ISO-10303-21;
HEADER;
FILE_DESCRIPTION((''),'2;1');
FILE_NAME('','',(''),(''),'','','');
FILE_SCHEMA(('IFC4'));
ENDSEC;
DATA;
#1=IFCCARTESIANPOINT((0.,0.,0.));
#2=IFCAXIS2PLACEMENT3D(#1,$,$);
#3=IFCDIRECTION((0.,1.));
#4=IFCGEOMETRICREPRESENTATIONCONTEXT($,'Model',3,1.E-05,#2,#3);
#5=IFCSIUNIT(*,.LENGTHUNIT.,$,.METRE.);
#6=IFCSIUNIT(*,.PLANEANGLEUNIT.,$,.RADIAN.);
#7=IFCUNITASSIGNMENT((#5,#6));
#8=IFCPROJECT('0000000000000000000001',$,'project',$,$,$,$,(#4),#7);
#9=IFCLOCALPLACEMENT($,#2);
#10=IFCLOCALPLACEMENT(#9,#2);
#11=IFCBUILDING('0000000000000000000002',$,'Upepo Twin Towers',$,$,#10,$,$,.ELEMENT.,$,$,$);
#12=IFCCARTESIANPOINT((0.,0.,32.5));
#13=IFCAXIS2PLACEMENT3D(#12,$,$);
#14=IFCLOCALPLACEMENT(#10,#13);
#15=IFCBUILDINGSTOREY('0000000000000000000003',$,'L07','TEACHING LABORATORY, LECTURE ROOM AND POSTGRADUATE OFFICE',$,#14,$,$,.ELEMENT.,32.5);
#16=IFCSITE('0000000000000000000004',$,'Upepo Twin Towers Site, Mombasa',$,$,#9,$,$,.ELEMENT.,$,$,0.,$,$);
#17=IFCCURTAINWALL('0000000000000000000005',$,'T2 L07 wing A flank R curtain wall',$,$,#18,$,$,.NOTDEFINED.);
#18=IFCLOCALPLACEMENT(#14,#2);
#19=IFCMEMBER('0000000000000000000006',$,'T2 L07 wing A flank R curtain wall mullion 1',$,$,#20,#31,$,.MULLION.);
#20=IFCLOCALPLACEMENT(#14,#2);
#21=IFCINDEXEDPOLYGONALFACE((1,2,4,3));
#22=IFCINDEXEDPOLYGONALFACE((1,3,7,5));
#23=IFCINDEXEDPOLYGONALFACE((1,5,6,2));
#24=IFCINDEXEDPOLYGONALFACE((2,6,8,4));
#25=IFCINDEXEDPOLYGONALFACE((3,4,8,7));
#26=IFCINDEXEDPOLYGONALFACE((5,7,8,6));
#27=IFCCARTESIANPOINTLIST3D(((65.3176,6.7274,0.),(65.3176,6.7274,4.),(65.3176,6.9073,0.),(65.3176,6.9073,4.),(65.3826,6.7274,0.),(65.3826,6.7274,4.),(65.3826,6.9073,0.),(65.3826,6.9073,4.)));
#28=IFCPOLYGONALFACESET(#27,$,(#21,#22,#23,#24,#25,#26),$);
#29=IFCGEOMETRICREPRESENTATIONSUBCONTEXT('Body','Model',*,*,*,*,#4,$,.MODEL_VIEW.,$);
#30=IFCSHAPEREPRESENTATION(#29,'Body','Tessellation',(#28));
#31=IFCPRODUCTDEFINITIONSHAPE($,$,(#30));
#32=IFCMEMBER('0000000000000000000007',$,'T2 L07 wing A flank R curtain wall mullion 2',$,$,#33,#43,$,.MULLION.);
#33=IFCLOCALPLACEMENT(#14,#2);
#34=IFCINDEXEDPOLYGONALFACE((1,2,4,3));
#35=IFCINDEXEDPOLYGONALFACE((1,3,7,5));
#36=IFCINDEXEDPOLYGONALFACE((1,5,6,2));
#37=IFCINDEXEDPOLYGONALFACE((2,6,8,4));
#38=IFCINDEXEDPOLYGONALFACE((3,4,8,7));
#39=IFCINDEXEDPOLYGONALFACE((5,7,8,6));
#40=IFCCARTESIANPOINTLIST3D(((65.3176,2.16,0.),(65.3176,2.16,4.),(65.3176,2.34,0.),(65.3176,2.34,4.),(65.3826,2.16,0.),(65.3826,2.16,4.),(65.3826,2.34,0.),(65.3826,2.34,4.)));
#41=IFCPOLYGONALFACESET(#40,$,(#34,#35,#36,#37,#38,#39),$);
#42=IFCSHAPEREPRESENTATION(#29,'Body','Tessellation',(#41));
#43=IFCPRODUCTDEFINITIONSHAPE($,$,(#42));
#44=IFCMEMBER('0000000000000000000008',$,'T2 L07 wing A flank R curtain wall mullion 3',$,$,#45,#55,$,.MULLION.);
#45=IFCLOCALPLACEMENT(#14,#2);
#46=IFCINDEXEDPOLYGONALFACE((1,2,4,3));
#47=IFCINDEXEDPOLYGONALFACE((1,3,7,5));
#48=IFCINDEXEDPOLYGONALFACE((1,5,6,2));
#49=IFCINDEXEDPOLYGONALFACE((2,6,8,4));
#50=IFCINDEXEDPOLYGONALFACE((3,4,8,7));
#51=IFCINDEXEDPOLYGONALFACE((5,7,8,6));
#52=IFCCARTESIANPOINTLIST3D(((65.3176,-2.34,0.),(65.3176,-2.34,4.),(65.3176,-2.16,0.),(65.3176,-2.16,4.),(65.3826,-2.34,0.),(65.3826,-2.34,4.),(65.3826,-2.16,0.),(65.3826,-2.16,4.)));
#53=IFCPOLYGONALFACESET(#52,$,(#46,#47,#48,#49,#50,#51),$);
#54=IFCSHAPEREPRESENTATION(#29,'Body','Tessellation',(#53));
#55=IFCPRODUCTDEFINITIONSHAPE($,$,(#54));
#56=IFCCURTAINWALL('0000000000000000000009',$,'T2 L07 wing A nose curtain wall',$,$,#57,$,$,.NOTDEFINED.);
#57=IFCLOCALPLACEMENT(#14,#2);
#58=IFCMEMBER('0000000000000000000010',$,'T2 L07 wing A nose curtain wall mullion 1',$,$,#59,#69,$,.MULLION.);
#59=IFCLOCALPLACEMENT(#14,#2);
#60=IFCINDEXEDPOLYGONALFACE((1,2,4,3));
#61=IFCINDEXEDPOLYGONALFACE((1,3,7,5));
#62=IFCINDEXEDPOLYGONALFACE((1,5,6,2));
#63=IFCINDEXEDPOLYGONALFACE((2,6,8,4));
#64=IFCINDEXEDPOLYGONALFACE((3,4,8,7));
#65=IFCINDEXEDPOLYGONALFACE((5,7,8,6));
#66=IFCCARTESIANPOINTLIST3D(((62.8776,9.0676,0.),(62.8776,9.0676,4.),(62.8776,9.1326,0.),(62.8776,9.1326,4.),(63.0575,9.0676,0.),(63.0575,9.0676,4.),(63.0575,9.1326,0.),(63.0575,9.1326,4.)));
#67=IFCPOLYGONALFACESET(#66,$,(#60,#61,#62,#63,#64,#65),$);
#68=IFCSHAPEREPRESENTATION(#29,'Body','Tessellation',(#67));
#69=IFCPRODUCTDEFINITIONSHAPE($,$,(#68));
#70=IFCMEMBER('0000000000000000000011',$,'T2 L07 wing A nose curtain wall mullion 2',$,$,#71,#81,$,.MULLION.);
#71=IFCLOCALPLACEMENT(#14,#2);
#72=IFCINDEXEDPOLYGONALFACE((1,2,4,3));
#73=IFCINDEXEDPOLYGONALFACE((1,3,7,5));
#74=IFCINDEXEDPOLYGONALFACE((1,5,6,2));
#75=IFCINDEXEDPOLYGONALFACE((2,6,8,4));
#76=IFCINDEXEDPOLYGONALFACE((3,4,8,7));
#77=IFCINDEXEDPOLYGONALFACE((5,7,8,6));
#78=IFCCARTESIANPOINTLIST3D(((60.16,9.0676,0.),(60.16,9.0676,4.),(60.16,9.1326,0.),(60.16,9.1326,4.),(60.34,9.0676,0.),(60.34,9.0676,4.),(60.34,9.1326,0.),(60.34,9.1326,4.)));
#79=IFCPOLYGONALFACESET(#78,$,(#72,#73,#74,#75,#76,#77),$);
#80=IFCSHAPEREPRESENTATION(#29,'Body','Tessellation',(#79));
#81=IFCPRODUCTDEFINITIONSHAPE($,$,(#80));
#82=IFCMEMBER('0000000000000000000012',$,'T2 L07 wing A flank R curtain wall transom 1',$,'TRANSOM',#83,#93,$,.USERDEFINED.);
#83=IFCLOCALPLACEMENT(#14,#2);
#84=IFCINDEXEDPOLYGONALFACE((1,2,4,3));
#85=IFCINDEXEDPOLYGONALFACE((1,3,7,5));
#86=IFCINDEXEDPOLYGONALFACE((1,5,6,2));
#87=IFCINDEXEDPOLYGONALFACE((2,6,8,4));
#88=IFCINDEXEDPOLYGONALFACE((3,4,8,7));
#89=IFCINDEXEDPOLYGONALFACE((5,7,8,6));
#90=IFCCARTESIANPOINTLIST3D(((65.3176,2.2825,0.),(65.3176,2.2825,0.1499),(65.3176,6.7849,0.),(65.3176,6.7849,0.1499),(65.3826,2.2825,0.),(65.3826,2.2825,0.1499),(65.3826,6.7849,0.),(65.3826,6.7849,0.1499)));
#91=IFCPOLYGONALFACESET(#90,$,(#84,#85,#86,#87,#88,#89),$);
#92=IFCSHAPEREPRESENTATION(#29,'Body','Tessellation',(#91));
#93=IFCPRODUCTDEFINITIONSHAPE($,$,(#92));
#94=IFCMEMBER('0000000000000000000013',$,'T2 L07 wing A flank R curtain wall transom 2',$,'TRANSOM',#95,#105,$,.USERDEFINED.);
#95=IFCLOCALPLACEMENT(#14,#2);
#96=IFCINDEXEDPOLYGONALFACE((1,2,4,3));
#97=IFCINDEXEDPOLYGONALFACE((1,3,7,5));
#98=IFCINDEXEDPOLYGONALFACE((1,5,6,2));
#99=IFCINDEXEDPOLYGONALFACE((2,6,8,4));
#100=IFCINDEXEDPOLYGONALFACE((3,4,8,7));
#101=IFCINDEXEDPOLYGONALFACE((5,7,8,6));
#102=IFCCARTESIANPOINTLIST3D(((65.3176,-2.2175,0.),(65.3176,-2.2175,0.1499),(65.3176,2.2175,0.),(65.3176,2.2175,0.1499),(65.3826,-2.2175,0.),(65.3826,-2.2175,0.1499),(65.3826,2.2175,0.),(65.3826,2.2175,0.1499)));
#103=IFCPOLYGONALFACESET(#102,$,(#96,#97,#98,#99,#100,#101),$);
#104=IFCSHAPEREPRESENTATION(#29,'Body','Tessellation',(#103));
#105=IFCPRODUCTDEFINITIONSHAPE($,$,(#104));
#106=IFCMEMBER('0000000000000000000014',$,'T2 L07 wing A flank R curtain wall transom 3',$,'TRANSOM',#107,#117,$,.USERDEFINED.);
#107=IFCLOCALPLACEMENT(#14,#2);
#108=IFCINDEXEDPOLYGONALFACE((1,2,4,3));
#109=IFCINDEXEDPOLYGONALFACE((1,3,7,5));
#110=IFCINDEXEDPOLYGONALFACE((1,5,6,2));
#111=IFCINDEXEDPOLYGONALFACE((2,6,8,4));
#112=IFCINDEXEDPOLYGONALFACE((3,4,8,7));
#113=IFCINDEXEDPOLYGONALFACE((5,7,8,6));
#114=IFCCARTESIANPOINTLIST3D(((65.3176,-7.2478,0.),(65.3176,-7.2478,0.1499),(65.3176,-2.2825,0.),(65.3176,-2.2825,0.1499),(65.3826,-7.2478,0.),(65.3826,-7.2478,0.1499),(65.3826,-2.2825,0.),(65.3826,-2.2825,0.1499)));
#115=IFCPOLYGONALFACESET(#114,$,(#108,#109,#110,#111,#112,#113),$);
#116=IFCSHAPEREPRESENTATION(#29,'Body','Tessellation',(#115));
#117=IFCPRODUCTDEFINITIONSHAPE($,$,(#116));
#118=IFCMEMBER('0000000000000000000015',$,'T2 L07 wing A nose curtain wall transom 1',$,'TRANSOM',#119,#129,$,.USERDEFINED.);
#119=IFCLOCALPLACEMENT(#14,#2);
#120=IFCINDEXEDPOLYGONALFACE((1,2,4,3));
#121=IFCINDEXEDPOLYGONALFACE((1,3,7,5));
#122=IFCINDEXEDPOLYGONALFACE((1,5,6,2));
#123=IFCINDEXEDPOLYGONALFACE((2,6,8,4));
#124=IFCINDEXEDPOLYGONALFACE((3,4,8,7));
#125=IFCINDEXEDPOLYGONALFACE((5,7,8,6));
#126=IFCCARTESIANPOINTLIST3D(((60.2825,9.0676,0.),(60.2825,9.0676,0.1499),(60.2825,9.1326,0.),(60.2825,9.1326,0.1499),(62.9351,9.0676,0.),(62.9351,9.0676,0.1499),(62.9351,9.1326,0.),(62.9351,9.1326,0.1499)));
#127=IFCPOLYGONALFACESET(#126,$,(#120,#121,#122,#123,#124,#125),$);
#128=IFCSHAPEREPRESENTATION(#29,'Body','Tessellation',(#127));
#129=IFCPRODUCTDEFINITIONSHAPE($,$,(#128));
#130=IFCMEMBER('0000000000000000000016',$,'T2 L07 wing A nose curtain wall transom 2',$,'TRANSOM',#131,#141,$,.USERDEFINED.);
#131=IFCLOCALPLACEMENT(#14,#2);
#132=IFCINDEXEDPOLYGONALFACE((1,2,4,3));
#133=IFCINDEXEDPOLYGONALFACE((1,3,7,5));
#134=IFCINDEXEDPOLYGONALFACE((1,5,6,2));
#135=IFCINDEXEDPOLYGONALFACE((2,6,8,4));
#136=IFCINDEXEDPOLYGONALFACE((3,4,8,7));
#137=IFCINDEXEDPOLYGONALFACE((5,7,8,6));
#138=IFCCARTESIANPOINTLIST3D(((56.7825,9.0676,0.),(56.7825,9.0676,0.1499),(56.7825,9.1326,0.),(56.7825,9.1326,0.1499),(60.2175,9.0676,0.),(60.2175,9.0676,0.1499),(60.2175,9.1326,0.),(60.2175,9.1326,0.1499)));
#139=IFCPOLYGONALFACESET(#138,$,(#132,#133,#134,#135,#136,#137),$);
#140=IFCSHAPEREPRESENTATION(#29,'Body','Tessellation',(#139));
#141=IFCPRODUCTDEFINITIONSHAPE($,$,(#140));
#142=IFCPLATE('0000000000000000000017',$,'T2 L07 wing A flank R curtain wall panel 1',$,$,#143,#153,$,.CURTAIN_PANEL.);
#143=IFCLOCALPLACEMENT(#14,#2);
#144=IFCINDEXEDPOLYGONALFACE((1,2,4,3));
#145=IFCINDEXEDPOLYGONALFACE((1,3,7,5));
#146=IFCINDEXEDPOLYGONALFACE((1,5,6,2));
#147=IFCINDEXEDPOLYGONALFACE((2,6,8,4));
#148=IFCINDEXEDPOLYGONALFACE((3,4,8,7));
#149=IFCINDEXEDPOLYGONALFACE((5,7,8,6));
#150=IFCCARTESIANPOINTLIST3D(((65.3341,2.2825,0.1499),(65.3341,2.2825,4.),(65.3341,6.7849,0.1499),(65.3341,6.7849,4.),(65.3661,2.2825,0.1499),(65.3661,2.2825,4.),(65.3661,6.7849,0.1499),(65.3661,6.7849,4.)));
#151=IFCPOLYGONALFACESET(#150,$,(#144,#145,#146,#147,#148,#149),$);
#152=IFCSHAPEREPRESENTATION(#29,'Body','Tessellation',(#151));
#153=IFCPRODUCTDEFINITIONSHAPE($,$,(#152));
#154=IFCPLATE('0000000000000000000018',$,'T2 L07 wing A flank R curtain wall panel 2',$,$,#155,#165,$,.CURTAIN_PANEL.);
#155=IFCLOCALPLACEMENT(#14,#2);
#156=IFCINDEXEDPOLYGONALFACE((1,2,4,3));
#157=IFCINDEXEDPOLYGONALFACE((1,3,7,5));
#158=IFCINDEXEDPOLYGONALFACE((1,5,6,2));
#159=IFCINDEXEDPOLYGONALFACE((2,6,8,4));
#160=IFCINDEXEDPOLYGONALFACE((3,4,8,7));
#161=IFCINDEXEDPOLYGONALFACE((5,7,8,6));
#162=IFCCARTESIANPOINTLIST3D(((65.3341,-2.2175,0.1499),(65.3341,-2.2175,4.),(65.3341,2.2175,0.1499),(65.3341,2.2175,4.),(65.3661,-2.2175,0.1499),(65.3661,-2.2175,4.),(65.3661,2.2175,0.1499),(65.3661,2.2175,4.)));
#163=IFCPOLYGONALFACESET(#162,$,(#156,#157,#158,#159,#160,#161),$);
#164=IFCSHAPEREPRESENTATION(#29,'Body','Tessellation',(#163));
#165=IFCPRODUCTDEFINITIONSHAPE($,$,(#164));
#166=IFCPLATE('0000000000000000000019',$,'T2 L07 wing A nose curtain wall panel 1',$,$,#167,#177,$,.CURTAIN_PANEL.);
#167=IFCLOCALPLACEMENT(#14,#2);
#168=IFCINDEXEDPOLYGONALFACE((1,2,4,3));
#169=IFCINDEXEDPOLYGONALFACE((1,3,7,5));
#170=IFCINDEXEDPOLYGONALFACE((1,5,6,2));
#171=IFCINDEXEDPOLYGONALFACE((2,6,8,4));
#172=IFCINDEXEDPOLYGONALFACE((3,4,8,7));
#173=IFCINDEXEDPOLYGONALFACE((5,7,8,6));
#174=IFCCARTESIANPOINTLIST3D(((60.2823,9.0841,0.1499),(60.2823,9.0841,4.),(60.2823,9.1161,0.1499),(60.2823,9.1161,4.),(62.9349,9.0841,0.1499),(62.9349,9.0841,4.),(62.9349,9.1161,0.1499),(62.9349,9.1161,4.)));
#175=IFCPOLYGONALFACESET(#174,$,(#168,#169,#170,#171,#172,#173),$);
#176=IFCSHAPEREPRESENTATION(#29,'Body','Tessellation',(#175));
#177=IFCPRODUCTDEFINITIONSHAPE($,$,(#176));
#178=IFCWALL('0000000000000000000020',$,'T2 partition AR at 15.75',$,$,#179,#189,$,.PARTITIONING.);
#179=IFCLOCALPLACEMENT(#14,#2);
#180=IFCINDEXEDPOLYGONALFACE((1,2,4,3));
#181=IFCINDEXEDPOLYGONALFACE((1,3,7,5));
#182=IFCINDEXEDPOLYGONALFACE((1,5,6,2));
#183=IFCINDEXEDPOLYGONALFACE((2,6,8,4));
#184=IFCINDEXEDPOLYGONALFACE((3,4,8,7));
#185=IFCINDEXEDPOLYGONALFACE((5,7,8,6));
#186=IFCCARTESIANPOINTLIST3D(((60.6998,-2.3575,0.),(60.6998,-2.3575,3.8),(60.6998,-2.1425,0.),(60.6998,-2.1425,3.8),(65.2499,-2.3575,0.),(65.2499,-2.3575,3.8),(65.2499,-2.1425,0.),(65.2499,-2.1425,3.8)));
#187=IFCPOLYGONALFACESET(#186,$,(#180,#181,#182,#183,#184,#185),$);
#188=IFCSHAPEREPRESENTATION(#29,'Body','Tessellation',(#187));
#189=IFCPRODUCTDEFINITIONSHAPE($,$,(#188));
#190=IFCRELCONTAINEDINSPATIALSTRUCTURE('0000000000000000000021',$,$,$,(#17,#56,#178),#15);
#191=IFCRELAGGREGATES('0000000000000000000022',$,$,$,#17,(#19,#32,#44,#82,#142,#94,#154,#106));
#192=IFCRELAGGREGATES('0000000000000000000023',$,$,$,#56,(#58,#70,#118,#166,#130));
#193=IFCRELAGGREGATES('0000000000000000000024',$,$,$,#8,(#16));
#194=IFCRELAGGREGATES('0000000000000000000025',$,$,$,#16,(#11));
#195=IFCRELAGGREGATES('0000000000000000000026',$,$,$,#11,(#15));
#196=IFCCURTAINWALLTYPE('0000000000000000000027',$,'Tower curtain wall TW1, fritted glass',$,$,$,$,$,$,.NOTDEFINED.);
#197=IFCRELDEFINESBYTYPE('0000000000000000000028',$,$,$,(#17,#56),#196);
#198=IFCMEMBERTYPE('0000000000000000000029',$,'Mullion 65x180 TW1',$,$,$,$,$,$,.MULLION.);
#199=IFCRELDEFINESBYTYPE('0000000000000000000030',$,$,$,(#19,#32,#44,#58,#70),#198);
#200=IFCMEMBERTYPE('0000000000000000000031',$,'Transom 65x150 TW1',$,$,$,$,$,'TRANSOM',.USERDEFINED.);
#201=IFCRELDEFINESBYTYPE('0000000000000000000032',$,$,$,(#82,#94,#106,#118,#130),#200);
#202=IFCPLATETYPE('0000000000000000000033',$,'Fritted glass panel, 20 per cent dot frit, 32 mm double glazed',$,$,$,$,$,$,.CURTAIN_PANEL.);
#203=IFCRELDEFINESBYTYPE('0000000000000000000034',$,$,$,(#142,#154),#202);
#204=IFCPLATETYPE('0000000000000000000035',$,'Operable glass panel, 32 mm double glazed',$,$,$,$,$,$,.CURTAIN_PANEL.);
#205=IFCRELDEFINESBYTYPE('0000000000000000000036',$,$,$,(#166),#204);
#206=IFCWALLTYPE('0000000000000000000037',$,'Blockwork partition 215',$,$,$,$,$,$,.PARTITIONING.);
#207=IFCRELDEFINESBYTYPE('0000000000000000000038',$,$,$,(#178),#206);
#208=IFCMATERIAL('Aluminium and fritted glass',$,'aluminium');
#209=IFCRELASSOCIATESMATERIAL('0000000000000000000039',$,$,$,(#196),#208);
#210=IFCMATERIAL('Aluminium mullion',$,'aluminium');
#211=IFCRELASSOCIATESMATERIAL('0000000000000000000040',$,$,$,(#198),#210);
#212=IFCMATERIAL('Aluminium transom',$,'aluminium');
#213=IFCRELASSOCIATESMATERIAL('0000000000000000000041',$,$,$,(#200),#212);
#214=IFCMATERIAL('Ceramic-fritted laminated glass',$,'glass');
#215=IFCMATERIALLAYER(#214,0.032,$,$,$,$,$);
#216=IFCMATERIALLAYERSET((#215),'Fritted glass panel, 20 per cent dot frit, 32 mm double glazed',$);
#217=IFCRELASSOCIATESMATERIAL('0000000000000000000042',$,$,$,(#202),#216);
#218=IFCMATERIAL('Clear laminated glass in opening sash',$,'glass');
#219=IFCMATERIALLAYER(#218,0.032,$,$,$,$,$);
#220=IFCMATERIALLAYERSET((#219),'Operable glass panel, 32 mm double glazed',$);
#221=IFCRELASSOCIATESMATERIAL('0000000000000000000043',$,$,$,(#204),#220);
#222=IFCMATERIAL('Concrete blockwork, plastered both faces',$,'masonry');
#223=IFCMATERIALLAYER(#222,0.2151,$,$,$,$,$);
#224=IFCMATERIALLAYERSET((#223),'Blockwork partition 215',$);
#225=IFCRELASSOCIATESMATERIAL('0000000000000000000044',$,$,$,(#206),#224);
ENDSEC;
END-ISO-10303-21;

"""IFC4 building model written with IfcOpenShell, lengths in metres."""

from ifc_helpers import new_model, si_unit, direction, frame, frame_2d, origin, origin_2d, place, context, subcontext, project, spatial, rectangle, extrude, material, layer, layer_set, material_profile, profile_set, type_object, element, aggregate, save


model = new_model("IFC4")

# Units and contexts
model_context = context("Model", 3, precision=1e-05, world=origin(), true_north=direction((0.0, 1.0)))
body_context = subcontext(model_context, "Body", "Model", "MODEL_VIEW")
ifc_project = project(units=[si_unit("LENGTHUNIT", "METRE"), si_unit("PLANEANGLEUNIT", "RADIAN")], contexts=[model_context])

# Site, building, storey
site_placement = place(None, origin())
site = spatial("IfcSite", under=ifc_project, at=site_placement, Name="Upepo Twin Towers Site, Mombasa", CompositionType="ELEMENT", RefElevation=0.0)
building_placement = place(site_placement, origin())
building = spatial("IfcBuilding", under=site, at=building_placement, Name="Upepo Twin Towers", CompositionType="ELEMENT")
storey_placement = place(building_placement, frame((0.0, 0.0, 32.5)))
storey = spatial("IfcBuildingStorey", under=building, at=storey_placement, Name="L07", Description="TEACHING LABORATORY, LECTURE ROOM AND POSTGRADUATE OFFICE", CompositionType="ELEMENT", Elevation=32.5)

# Curtain walls, members
ifc_material_1 = material(Name="Aluminium and fritted glass", Category="aluminium")
curtain_wall_type = type_object("IfcCurtainWallType", Name="Tower curtain wall TW1, fritted glass", PredefinedType="NOTDEFINED", material=ifc_material_1)
curtain_wall_1_placement = place(storey_placement, origin())
curtain_wall_1 = element("IfcCurtainWall", 1, at=curtain_wall_1_placement, inside=storey, type_object=curtain_wall_type, Name="T2 L07 wing A flank R curtain wall", PredefinedType="NOTDEFINED")
ifc_material_2 = material(Name="Aluminium mullion", Category="aluminium")
ifc_material_profile_1 = material_profile(ifc_material_2, rectangle(XDim=0.0649, YDim=0.1799, at=origin_2d()), Name="MULLION 65x180")
ifc_profile_set_1 = profile_set([ifc_material_profile_1], Name="Aluminium mullion")
member_type_1 = type_object("IfcMemberType", Name="Mullion 65x180 TW1", PredefinedType="MULLION", material=ifc_profile_set_1)
member_1_placement = place(storey_placement, frame((65.3501, 6.8174, 0.0), z_axis=(0.0, 0.0, 1.0), x_axis=(1.0, 0.0, 0.0)))
member_1 = element("IfcMember", 2, at=member_1_placement, type_object=member_type_1, Name="T2 L07 wing A flank R curtain wall mullion 1", PredefinedType="MULLION", context=body_context, shape_type="SweptSolid", body=[
    extrude(rectangle(XDim=0.0649, YDim=0.1799, at=origin_2d()), origin(), (0.0, 0.0, 1.0), 4.0),
])
member_2_placement = place(storey_placement, frame((65.3501, 2.25, 0.0), z_axis=(0.0, 0.0, 1.0), x_axis=(1.0, 0.0, 0.0)))
member_2 = element("IfcMember", 3, at=member_2_placement, type_object=member_type_1, Name="T2 L07 wing A flank R curtain wall mullion 2", PredefinedType="MULLION", context=body_context, shape_type="SweptSolid", body=[
    extrude(rectangle(XDim=0.0649, YDim=0.1799, at=origin_2d()), origin(), (0.0, 0.0, 1.0), 4.0),
])
member_3_placement = place(storey_placement, frame((65.3501, -2.25, 0.0), z_axis=(0.0, 0.0, 1.0), x_axis=(1.0, 0.0, 0.0)))
member_3 = element("IfcMember", 4, at=member_3_placement, type_object=member_type_1, Name="T2 L07 wing A flank R curtain wall mullion 3", PredefinedType="MULLION", context=body_context, shape_type="SweptSolid", body=[
    extrude(rectangle(XDim=0.0649, YDim=0.1799, at=origin_2d()), origin(), (0.0, 0.0, 1.0), 4.0),
])
curtain_wall_2_placement = place(storey_placement, origin())
curtain_wall_2 = element("IfcCurtainWall", 5, at=curtain_wall_2_placement, inside=storey, type_object=curtain_wall_type, Name="T2 L07 wing A nose curtain wall", PredefinedType="NOTDEFINED")
member_4_placement = place(storey_placement, frame((62.9675, 9.1001, 0.0), z_axis=(0.0, 0.0, 1.0), x_axis=(0.0, -1.0, 0.0)))
member_4 = element("IfcMember", 6, at=member_4_placement, type_object=member_type_1, Name="T2 L07 wing A nose curtain wall mullion 1", PredefinedType="MULLION", context=body_context, shape_type="SweptSolid", body=[
    extrude(rectangle(XDim=0.0649, YDim=0.1799, at=origin_2d()), origin(), (0.0, 0.0, 1.0), 4.0),
])
member_5_placement = place(storey_placement, frame((60.25, 9.1001, 0.0), z_axis=(0.0, 0.0, 1.0), x_axis=(0.0, -1.0, 0.0)))
member_5 = element("IfcMember", 7, at=member_5_placement, type_object=member_type_1, Name="T2 L07 wing A nose curtain wall mullion 2", PredefinedType="MULLION", context=body_context, shape_type="SweptSolid", body=[
    extrude(rectangle(XDim=0.0649, YDim=0.1799, at=origin_2d()), origin(), (0.0, 0.0, 1.0), 4.0),
])

# Members
ifc_material_3 = material(Name="Aluminium transom", Category="aluminium")
ifc_material_profile_2 = material_profile(ifc_material_3, rectangle(XDim=0.0649, YDim=0.1499, at=origin_2d()), Name="TRANSOM 65x150")
ifc_profile_set_2 = profile_set([ifc_material_profile_2], Name="Aluminium transom")
member_type_2 = type_object("IfcMemberType", Name="Transom 65x150 TW1", ElementType="TRANSOM", PredefinedType="USERDEFINED", material=ifc_profile_set_2)
member_6_placement = place(storey_placement, frame((65.3501, 6.7849, 0.075), z_axis=(0.0, -1.0, 0.0), x_axis=(1.0, 0.0, 0.0)))
member_6 = element("IfcMember", 8, at=member_6_placement, type_object=member_type_2, Name="T2 L07 wing A flank R curtain wall transom 1", ObjectType="TRANSOM", PredefinedType="USERDEFINED", context=body_context, shape_type="SweptSolid", body=[
    extrude(rectangle(XDim=0.0649, YDim=0.1499, at=origin_2d()), origin(), (0.0, 0.0, 1.0), 4.5024),
])
member_7_placement = place(storey_placement, frame((65.3501, 2.2175, 0.075), z_axis=(0.0, -1.0, 0.0), x_axis=(1.0, 0.0, 0.0)))
member_7 = element("IfcMember", 9, at=member_7_placement, type_object=member_type_2, Name="T2 L07 wing A flank R curtain wall transom 2", ObjectType="TRANSOM", PredefinedType="USERDEFINED", context=body_context, shape_type="SweptSolid", body=[
    extrude(rectangle(XDim=0.0649, YDim=0.1499, at=origin_2d()), origin(), (0.0, 0.0, 1.0), 4.4351),
])
member_8_placement = place(storey_placement, frame((65.3501, -2.2825, 0.075), z_axis=(0.0, -1.0, 0.0), x_axis=(1.0, 0.0, 0.0)))
member_8 = element("IfcMember", 10, at=member_8_placement, type_object=member_type_2, Name="T2 L07 wing A flank R curtain wall transom 3", ObjectType="TRANSOM", PredefinedType="USERDEFINED", context=body_context, shape_type="SweptSolid", body=[
    extrude(rectangle(XDim=0.0649, YDim=0.1499, at=origin_2d()), origin(), (0.0, 0.0, 1.0), 4.9653),
])
member_9_placement = place(storey_placement, frame((62.9351, 9.1001, 0.075), z_axis=(-1.0, 0.0, 0.0), x_axis=(0.0, -1.0, 0.0)))
member_9 = element("IfcMember", 11, at=member_9_placement, type_object=member_type_2, Name="T2 L07 wing A nose curtain wall transom 1", ObjectType="TRANSOM", PredefinedType="USERDEFINED", context=body_context, shape_type="SweptSolid", body=[
    extrude(rectangle(XDim=0.0649, YDim=0.1499, at=origin_2d()), origin(), (0.0, 0.0, 1.0), 2.6526),
])
member_10_placement = place(storey_placement, frame((60.2175, 9.1001, 0.075), z_axis=(-1.0, 0.0, 0.0), x_axis=(0.0, -1.0, 0.0)))
member_10 = element("IfcMember", 12, at=member_10_placement, type_object=member_type_2, Name="T2 L07 wing A nose curtain wall transom 2", ObjectType="TRANSOM", PredefinedType="USERDEFINED", context=body_context, shape_type="SweptSolid", body=[
    extrude(rectangle(XDim=0.0649, YDim=0.1499, at=origin_2d()), origin(), (0.0, 0.0, 1.0), 3.4351),
])

# Plates
ifc_material_4 = material(Name="Ceramic-fritted laminated glass", Category="glass")
ifc_layer_1 = layer(ifc_material_4, 0.032)
ifc_layer_set_1 = layer_set([ifc_layer_1], Name="Fritted glass panel, 20 per cent dot frit, 32 mm double glazed")
plate_type_1 = type_object("IfcPlateType", Name="Fritted glass panel, 20 per cent dot frit, 32 mm double glazed", PredefinedType="CURTAIN_PANEL", material=ifc_layer_set_1)
plate_1_placement = place(storey_placement, frame((65.3501, 4.5337, 0.1499), z_axis=(0.0, 0.0, 1.0), x_axis=(0.0, -1.0, 0.0)))
plate_1 = element("IfcPlate", 13, at=plate_1_placement, type_object=plate_type_1, Name="T2 L07 wing A flank R curtain wall panel 1", PredefinedType="CURTAIN_PANEL", context=body_context, shape_type="SweptSolid", body=[
    extrude(rectangle(XDim=4.5024, YDim=0.032, at=origin_2d()), origin(), (0.0, 0.0, 1.0), 3.8501),
])
plate_2_placement = place(storey_placement, frame((65.3501, 0.0, 0.1499), z_axis=(0.0, 0.0, 1.0), x_axis=(0.0, -1.0, 0.0)))
plate_2 = element("IfcPlate", 14, at=plate_2_placement, type_object=plate_type_1, Name="T2 L07 wing A flank R curtain wall panel 2", PredefinedType="CURTAIN_PANEL", context=body_context, shape_type="SweptSolid", body=[
    extrude(rectangle(XDim=4.4351, YDim=0.032, at=origin_2d()), origin(), (0.0, 0.0, 1.0), 3.8501),
])
aggregate(curtain_wall_1, [member_1, member_2, member_3, member_6, plate_1, member_7, plate_2, member_8])
ifc_material_5 = material(Name="Clear laminated glass in opening sash", Category="glass")
ifc_layer_2 = layer(ifc_material_5, 0.032)
ifc_layer_set_2 = layer_set([ifc_layer_2], Name="Operable glass panel, 32 mm double glazed")
plate_type_2 = type_object("IfcPlateType", Name="Operable glass panel, 32 mm double glazed", PredefinedType="CURTAIN_PANEL", material=ifc_layer_set_2)
plate_3_placement = place(storey_placement, frame((61.6086, 9.1001, 0.1499), z_axis=(0.0, 0.0, 1.0), x_axis=(-1.0, 0.0, 0.0)))
plate_3 = element("IfcPlate", 15, at=plate_3_placement, type_object=plate_type_2, Name="T2 L07 wing A nose curtain wall panel 1", PredefinedType="CURTAIN_PANEL", context=body_context, shape_type="SweptSolid", body=[
    extrude(rectangle(XDim=2.6526, YDim=0.032, at=origin_2d()), origin(), (0.0, 0.0, 1.0), 3.8501),
])
aggregate(curtain_wall_2, [member_4, member_5, member_9, plate_3, member_10])

# Wall
ifc_material_6 = material(Name="Concrete blockwork, plastered both faces", Category="masonry")
ifc_layer_3 = layer(ifc_material_6, 0.2151)
ifc_layer_set_3 = layer_set([ifc_layer_3], Name="Blockwork partition 215")
wall_type_1 = type_object("IfcWallType", Name="Blockwork partition 215", PredefinedType="PARTITIONING", material=ifc_layer_set_3)
wall_1_placement = place(storey_placement, frame((60.7, -2.25, 0.0), z_axis=(0.0, 0.0, 1.0), x_axis=(1.0, 0.0, 0.0)))
element("IfcWall", 16, at=wall_1_placement, inside=storey, type_object=wall_type_1, Name="T2 partition AR at 15.75", PredefinedType="PARTITIONING", context=body_context, shape_type="SweptSolid", body=[
    extrude(rectangle(XDim=4.55, YDim=0.2151, at=frame_2d((2.2749, 0.0))), origin(), (0.0, 0.0, 1.0), 3.8),
])

save(model, "model.ifc")
